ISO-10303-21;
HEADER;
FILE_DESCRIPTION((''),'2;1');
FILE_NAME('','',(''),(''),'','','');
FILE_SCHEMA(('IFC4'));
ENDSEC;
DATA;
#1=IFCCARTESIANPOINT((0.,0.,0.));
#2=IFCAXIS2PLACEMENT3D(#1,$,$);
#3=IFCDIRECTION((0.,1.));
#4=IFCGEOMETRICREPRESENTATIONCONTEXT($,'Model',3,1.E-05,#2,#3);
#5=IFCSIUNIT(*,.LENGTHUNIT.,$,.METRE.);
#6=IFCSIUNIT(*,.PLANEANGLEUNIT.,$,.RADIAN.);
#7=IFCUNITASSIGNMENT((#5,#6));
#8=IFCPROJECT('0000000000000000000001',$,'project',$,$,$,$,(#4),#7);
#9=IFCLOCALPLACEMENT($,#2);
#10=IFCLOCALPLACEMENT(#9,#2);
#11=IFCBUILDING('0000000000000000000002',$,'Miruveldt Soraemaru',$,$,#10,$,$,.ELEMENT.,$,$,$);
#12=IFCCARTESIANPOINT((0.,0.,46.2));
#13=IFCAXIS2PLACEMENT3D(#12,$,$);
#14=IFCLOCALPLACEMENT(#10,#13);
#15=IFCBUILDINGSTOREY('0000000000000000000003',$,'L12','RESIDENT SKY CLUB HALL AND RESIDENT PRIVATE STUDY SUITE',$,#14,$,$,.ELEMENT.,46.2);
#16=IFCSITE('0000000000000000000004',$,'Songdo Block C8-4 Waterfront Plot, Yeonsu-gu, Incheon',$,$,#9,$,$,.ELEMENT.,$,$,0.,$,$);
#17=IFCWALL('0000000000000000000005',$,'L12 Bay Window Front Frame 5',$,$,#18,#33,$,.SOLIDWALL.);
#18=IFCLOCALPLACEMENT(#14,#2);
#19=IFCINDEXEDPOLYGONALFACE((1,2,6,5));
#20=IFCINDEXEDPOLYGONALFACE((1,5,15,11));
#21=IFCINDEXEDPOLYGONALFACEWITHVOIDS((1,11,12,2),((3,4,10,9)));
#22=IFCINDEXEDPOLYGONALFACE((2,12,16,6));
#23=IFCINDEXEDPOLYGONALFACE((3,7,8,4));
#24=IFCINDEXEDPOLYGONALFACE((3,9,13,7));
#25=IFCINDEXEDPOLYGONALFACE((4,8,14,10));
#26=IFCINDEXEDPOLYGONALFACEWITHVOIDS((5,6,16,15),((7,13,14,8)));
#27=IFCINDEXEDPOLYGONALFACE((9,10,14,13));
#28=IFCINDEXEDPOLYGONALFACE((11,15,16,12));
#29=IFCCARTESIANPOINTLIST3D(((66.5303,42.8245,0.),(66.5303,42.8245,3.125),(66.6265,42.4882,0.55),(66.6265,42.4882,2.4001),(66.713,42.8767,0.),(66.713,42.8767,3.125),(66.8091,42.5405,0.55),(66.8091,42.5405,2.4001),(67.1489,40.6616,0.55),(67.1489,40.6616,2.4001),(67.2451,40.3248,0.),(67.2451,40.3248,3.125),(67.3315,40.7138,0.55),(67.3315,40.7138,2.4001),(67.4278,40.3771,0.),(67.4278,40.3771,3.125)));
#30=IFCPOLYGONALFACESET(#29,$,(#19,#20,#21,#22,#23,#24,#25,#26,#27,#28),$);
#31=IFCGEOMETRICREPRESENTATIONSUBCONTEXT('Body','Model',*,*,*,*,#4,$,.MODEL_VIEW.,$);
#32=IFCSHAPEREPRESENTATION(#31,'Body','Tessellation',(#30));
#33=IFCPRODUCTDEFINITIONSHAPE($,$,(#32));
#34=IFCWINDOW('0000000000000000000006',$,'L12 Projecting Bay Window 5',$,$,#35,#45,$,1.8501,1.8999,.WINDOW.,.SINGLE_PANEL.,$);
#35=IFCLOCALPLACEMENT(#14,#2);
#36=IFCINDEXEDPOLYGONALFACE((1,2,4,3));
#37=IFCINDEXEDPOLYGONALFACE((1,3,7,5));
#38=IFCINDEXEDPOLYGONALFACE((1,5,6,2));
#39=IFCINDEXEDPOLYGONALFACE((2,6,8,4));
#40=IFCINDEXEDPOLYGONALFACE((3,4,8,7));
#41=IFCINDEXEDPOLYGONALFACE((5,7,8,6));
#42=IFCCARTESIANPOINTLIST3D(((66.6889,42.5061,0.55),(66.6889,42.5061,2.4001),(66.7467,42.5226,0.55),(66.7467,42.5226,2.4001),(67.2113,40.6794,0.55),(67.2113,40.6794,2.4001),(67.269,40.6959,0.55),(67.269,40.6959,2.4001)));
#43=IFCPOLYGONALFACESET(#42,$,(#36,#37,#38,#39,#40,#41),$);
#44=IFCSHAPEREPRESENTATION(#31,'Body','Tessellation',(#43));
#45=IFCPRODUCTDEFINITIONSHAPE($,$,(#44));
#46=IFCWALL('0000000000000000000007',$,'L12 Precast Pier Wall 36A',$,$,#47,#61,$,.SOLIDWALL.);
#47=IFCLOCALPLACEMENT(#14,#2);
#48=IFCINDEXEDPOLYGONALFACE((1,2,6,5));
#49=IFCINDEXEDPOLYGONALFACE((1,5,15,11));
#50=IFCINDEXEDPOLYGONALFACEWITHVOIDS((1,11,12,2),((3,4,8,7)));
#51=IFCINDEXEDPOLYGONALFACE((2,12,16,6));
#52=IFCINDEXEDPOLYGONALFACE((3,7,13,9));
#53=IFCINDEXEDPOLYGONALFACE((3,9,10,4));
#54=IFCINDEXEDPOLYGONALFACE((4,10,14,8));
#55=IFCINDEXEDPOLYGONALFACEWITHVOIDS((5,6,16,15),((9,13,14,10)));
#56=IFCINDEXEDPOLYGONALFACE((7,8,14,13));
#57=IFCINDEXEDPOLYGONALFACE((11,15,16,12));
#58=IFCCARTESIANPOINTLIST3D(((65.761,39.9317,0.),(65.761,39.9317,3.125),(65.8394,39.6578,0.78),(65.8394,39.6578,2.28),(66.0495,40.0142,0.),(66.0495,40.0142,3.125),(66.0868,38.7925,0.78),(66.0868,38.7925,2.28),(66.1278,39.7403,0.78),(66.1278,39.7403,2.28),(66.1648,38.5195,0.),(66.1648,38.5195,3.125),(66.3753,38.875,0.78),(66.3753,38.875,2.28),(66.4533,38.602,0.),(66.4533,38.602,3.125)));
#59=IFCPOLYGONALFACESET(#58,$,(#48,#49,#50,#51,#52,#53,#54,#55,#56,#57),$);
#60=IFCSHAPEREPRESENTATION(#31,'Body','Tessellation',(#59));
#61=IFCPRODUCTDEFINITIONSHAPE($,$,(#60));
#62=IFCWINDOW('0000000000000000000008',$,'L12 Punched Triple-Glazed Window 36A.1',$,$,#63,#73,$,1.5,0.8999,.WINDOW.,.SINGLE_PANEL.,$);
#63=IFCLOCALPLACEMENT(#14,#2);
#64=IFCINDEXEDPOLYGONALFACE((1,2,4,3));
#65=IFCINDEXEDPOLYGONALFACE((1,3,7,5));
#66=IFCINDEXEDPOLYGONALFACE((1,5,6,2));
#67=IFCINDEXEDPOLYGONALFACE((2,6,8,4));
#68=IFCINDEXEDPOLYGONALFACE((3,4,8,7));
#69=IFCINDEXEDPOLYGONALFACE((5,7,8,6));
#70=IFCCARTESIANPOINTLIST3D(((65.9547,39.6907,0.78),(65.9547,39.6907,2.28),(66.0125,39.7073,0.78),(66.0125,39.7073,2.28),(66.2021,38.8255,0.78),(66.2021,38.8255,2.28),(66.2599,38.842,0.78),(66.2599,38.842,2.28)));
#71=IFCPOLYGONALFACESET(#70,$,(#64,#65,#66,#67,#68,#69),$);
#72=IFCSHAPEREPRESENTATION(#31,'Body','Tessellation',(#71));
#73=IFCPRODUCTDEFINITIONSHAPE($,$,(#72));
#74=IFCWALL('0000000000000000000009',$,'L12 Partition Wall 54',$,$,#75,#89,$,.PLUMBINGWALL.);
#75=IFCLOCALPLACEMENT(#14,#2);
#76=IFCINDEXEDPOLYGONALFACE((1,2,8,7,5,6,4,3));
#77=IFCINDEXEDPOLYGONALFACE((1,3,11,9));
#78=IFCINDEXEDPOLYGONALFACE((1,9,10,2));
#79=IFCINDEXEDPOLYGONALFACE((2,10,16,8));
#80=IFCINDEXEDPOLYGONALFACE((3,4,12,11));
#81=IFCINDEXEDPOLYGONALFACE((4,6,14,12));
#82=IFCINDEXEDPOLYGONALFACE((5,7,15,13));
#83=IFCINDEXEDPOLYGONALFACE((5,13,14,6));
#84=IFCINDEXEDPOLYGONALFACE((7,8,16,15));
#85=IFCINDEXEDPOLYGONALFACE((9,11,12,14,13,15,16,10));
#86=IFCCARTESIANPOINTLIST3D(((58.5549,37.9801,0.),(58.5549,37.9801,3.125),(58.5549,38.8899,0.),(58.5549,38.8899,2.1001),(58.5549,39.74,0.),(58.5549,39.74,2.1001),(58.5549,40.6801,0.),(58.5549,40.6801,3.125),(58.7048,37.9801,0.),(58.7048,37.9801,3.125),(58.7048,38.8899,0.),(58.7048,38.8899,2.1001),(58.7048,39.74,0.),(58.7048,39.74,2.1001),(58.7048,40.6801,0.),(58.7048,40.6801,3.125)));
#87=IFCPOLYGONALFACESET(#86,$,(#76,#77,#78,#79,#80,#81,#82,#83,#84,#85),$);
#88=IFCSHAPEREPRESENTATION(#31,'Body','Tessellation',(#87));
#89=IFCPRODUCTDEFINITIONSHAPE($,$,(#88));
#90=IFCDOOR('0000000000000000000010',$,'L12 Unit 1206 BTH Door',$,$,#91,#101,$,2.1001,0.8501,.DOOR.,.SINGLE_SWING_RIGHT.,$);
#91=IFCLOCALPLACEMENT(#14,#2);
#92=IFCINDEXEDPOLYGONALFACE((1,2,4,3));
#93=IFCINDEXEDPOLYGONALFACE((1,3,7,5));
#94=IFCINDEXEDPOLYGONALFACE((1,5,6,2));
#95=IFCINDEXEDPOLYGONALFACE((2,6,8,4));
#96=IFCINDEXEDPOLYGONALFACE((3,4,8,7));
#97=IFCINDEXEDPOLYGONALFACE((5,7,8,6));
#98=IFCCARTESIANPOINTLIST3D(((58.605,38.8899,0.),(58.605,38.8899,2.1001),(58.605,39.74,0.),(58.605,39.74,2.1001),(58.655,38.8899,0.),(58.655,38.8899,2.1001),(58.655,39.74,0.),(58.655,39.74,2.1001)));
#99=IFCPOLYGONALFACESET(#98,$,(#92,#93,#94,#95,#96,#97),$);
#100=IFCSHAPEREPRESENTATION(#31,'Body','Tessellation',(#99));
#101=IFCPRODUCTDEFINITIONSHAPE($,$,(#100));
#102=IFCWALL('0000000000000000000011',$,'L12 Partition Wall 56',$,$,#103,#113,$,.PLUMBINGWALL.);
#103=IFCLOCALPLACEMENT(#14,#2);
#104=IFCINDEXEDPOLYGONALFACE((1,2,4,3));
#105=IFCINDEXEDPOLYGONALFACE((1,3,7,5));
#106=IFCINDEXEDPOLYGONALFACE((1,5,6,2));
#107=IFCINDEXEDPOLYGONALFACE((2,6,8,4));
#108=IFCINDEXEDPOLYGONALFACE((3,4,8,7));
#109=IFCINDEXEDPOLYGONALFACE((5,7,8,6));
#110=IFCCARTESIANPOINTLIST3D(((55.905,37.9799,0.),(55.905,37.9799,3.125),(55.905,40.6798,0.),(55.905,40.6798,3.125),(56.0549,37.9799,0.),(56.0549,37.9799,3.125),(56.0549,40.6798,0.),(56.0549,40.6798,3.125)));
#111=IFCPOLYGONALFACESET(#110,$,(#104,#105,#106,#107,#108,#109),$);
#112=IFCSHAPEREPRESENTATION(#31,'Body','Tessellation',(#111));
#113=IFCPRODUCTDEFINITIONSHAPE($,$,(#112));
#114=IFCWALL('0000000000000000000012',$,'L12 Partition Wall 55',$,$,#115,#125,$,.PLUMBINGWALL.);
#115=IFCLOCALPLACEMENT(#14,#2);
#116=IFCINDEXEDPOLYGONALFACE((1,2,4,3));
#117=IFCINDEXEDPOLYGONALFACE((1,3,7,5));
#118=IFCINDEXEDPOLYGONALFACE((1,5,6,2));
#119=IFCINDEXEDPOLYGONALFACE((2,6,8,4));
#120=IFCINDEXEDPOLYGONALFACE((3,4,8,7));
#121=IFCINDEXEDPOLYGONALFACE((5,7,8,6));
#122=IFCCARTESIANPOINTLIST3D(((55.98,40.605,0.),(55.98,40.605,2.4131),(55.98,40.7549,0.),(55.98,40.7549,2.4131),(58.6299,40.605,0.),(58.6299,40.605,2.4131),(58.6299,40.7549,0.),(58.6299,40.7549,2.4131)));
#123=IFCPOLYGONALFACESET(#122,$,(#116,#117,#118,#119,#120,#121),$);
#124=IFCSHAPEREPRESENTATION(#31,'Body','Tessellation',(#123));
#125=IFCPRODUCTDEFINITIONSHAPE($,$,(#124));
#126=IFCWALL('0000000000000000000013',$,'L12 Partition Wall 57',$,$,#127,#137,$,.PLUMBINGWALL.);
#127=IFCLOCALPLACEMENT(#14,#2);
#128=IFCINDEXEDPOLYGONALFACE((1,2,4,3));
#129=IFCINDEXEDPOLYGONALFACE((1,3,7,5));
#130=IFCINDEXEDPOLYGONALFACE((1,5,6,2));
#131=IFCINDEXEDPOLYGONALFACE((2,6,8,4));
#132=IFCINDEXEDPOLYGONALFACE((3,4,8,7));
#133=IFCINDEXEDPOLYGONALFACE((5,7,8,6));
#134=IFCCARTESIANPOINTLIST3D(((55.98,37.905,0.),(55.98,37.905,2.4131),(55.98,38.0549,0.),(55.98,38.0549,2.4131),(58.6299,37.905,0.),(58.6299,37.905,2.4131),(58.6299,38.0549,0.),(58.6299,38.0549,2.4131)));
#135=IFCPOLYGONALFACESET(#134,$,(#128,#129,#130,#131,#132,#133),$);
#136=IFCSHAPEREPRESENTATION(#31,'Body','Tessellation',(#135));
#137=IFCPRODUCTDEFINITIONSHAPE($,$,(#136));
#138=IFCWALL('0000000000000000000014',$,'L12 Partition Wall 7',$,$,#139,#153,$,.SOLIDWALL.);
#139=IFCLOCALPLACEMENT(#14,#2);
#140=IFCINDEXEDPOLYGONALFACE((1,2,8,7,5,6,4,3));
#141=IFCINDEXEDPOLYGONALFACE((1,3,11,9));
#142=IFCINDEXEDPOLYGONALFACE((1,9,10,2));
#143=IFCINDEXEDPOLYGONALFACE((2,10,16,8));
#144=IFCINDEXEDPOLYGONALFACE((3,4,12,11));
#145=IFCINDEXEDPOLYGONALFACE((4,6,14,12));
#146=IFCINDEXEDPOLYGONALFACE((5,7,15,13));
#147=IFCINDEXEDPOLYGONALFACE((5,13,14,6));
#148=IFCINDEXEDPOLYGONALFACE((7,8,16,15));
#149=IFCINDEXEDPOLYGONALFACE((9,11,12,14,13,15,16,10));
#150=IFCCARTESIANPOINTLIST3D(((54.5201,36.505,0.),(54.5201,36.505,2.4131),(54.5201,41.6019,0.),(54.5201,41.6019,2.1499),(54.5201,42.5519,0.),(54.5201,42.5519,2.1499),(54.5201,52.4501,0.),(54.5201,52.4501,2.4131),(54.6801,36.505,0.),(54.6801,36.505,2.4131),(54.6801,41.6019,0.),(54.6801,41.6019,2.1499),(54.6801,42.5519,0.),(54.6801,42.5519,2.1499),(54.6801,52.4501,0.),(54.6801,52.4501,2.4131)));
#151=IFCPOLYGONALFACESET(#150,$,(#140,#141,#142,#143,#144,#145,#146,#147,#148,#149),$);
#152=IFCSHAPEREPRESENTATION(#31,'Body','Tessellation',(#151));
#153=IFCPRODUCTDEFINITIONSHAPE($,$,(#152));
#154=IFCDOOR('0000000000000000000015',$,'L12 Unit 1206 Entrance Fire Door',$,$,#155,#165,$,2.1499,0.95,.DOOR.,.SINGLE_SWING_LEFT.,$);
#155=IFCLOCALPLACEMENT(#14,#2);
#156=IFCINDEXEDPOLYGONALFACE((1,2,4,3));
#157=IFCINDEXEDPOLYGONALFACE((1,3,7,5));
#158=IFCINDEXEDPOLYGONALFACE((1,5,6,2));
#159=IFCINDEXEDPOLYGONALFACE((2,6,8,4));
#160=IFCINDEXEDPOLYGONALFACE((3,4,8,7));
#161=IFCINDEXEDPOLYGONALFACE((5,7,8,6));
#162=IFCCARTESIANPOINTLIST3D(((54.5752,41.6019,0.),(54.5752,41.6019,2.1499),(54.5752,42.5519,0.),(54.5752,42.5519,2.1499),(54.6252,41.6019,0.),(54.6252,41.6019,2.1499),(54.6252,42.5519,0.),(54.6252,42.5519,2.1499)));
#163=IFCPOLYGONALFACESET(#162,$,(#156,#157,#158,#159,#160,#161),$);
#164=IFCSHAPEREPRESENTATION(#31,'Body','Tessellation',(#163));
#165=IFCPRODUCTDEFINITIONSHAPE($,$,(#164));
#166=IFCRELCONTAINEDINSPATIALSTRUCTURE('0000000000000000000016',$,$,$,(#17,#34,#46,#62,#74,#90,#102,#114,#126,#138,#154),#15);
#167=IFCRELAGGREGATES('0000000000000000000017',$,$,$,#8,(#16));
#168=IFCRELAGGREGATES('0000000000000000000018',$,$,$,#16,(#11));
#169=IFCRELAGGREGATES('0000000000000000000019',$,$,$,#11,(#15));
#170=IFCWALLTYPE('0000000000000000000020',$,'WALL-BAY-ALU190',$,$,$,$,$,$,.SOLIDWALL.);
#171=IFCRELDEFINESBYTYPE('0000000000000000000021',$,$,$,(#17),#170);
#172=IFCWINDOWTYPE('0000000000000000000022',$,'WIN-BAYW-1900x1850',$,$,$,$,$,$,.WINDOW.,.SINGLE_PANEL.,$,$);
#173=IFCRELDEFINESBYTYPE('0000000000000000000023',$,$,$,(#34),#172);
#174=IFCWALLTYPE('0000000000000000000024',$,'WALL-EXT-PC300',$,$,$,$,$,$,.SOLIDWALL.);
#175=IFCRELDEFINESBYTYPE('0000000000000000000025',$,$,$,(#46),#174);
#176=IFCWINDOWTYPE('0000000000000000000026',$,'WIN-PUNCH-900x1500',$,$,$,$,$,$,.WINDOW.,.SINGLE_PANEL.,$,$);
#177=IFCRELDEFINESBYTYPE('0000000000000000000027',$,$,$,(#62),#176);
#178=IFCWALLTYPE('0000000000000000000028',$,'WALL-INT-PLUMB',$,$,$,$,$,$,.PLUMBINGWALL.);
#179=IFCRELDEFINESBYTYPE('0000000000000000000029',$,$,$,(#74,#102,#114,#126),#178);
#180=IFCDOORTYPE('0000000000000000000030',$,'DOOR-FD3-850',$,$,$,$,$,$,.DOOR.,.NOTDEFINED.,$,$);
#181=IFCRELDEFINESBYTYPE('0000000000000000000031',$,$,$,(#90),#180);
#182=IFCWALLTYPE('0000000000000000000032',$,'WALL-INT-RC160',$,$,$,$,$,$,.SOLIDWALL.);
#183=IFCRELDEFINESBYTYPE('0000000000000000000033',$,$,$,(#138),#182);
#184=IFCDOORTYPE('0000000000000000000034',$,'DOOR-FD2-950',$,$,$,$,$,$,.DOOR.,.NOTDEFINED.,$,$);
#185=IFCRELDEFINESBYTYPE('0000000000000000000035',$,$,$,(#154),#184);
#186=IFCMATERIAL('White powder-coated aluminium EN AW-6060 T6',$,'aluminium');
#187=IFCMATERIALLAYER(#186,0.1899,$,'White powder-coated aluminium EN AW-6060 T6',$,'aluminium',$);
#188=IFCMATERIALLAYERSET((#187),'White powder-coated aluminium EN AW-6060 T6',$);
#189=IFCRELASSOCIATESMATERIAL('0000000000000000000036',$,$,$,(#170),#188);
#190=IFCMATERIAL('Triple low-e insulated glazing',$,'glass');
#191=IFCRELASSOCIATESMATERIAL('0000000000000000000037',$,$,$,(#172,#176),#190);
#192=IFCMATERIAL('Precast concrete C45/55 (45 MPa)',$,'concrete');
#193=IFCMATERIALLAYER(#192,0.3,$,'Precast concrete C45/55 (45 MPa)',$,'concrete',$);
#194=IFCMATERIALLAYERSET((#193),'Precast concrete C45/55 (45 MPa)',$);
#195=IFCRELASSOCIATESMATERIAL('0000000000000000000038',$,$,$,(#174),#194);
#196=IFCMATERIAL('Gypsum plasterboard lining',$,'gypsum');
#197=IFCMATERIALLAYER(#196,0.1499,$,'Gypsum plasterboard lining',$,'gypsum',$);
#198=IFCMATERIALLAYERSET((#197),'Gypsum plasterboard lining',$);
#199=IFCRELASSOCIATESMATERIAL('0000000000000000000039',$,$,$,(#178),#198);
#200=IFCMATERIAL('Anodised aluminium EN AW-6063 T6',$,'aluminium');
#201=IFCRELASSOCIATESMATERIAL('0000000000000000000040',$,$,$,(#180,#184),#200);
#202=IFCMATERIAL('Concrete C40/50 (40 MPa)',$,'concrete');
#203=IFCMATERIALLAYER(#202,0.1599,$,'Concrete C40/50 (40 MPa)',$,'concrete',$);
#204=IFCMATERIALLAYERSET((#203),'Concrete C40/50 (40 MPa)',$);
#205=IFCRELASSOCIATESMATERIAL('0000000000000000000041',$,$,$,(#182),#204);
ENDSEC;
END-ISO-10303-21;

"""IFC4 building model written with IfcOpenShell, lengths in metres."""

from ifc_helpers import new_model, si_unit, direction, frame, frame_2d, origin, place, context, subcontext, project, spatial, rectangle, extrude, material, layer, layer_set, type_object, element, fill, save


model = new_model("IFC4")

# Units and contexts
model_context = context("Model", 3, precision=1e-05, world=origin(), true_north=direction((0.0, 1.0)))
body_context = subcontext(model_context, "Body", "Model", "MODEL_VIEW")
ifc_project = project(units=[si_unit("LENGTHUNIT", "METRE"), si_unit("PLANEANGLEUNIT", "RADIAN")], contexts=[model_context])

# Site, building, storey
site_placement = place(None, origin())
site = spatial("IfcSite", under=ifc_project, at=site_placement, Name="Songdo Block C8-4 Waterfront Plot, Yeonsu-gu, Incheon", CompositionType="ELEMENT", RefElevation=0.0)
building_placement = place(site_placement, origin())
building = spatial("IfcBuilding", under=site, at=building_placement, Name="Miruveldt Soraemaru", CompositionType="ELEMENT")
storey_placement = place(building_placement, frame((0.0, 0.0, 46.2)))
storey = spatial("IfcBuildingStorey", under=building, at=storey_placement, Name="L12", Description="RESIDENT SKY CLUB HALL AND RESIDENT PRIVATE STUDY SUITE", CompositionType="ELEMENT", Elevation=46.2)

# Shared definitions
ifc_material_1 = material(Name="White powder-coated aluminium EN AW-6060 T6", Category="aluminium")
ifc_layer_1 = layer(ifc_material_1, 0.1899, Name="White powder-coated aluminium EN AW-6060 T6", Category="aluminium")
ifc_layer_set_1 = layer_set([ifc_layer_1], Name="White powder-coated aluminium EN AW-6060 T6")
wall_type_1 = type_object("IfcWallType", Name="WALL-BAY-ALU190", PredefinedType="SOLIDWALL", material=ifc_layer_set_1)

# Walls, openings, windows
wall_1_placement = place(storey_placement, frame((67.3364, 40.3511, 0.0), z_axis=(0.0, 0.0, 1.0), x_axis=(-0.274944, 0.96146, 0.0)))
wall_1 = element("IfcWall", 1, at=wall_1_placement, inside=storey, type_object=wall_type_1, Name="L12 Bay Window Front Frame 5", PredefinedType="SOLIDWALL", context=body_context, shape_type="SweptSolid", body=[
    extrude(rectangle(XDim=2.5999, YDim=0.1899, at=frame_2d((1.2998, 0.0))), origin(), (0.0, 0.0, 1.0), 3.125),
])
opening_1_placement = place(wall_1_placement, frame((0.3501, 0.0, 0.55)))
opening_1 = element("IfcOpeningElement", 2, at=opening_1_placement, cuts=wall_1, PredefinedType="OPENING", context=body_context, shape_type="SweptSolid", body=[
    extrude(rectangle(XDim=1.8999, YDim=1.8501, at=frame_2d((0.95, 0.925))), frame((0.0, 0.105, 0.0), z_axis=(0.0, -1.0, 0.0), x_axis=(1.0, 0.0, 0.0)), (0.0, 0.0, 1.0), 0.21),
])
ifc_material_2 = material(Name="Triple low-e insulated glazing", Category="glass")
window_type_1 = type_object("IfcWindowType", Name="WIN-BAYW-1900x1850", PartitioningType="SINGLE_PANEL", PredefinedType="WINDOW", material=ifc_material_2)
window_1_placement = place(opening_1_placement, origin())
window_1 = element("IfcWindow", 3, at=window_1_placement, inside=storey, type_object=window_type_1, Name="L12 Projecting Bay Window 5", OverallHeight=1.8501, OverallWidth=1.8999, PartitioningType="SINGLE_PANEL", PredefinedType="WINDOW", context=body_context, shape_type="SweptSolid", body=[
    extrude(rectangle(XDim=1.8999, YDim=1.8501, at=frame_2d((0.95, 0.925))), frame((0.0, 0.03, 0.0), z_axis=(0.0, -1.0, 0.0), x_axis=(1.0, 0.0, 0.0)), (0.0, 0.0, 1.0), 0.0601),
])
fill(opening_1, window_1)
ifc_material_3 = material(Name="Precast concrete C45/55 (45 MPa)", Category="concrete")
ifc_layer_2 = layer(ifc_material_3, 0.3, Name="Precast concrete C45/55 (45 MPa)", Category="concrete")
ifc_layer_set_2 = layer_set([ifc_layer_2], Name="Precast concrete C45/55 (45 MPa)")
wall_type_2 = type_object("IfcWallType", Name="WALL-EXT-PC300", PredefinedType="SOLIDWALL", material=ifc_layer_set_2)
wall_2_placement = place(storey_placement, frame((66.3091, 38.5608, 0.0), z_axis=(0.0, 0.0, 1.0), x_axis=(-0.274941, 0.961461, 0.0)))
wall_2 = element("IfcWall", 4, at=wall_2_placement, inside=storey, type_object=wall_type_2, Name="L12 Precast Pier Wall 36A", PredefinedType="SOLIDWALL", context=body_context, shape_type="SweptSolid", body=[
    extrude(rectangle(XDim=1.4688, YDim=0.3, at=frame_2d((0.7344, 0.0))), origin(), (0.0, 0.0, 1.0), 3.125),
])
opening_2_placement = place(wall_2_placement, frame((0.2839, 0.0, 0.78)))
opening_2 = element("IfcOpeningElement", 5, at=opening_2_placement, cuts=wall_2, PredefinedType="OPENING", context=body_context, shape_type="SweptSolid", body=[
    extrude(rectangle(XDim=0.8999, YDim=1.5, at=frame_2d((0.45, 0.75))), frame((0.0, 0.1602, 0.0), z_axis=(0.0, -1.0, 0.0), x_axis=(1.0, 0.0, 0.0)), (0.0, 0.0, 1.0), 0.3201),
])
window_type_2 = type_object("IfcWindowType", Name="WIN-PUNCH-900x1500", PartitioningType="SINGLE_PANEL", PredefinedType="WINDOW", material=ifc_material_2)
window_2_placement = place(opening_2_placement, origin())
window_2 = element("IfcWindow", 6, at=window_2_placement, inside=storey, type_object=window_type_2, Name="L12 Punched Triple-Glazed Window 36A.1", OverallHeight=1.5, OverallWidth=0.8999, PartitioningType="SINGLE_PANEL", PredefinedType="WINDOW", context=body_context, shape_type="SweptSolid", body=[
    extrude(rectangle(XDim=0.8999, YDim=1.5, at=frame_2d((0.45, 0.75))), frame((0.0, 0.03, 0.0), z_axis=(0.0, -1.0, 0.0), x_axis=(1.0, 0.0, 0.0)), (0.0, 0.0, 1.0), 0.0601),
])
fill(opening_2, window_2)

# Wall, opening, door
ifc_material_4 = material(Name="Gypsum plasterboard lining", Category="gypsum")
ifc_layer_3 = layer(ifc_material_4, 0.1499, Name="Gypsum plasterboard lining", Category="gypsum")
ifc_layer_set_3 = layer_set([ifc_layer_3], Name="Gypsum plasterboard lining")
wall_type_3 = type_object("IfcWallType", Name="WALL-INT-PLUMB", PredefinedType="PLUMBINGWALL", material=ifc_layer_set_3)
wall_3_placement = place(storey_placement, frame((58.6299, 37.98, 0.0), z_axis=(0.0, 0.0, 1.0), x_axis=(0.0, 1.0, 0.0)))
wall_3 = element("IfcWall", 7, at=wall_3_placement, inside=storey, type_object=wall_type_3, Name="L12 Partition Wall 54", PredefinedType="PLUMBINGWALL", context=body_context, shape_type="SweptSolid", body=[
    extrude(rectangle(XDim=2.7, YDim=0.1499, at=frame_2d((1.3501, 0.0))), origin(), (0.0, 0.0, 1.0), 3.125),
])
opening_3_placement = place(wall_3_placement, frame((0.9099, 0.0, 0.0)))
opening_3 = element("IfcOpeningElement", 8, at=opening_3_placement, cuts=wall_3, PredefinedType="OPENING", context=body_context, shape_type="SweptSolid", body=[
    extrude(rectangle(XDim=0.8501, YDim=2.1001, at=frame_2d((0.425, 1.05))), frame((0.0, 0.085, 0.0), z_axis=(0.0, -1.0, 0.0), x_axis=(1.0, 0.0, 0.0)), (0.0, 0.0, 1.0), 0.1699),
])
ifc_material_5 = material(Name="Anodised aluminium EN AW-6063 T6", Category="aluminium")
door_type_1 = type_object("IfcDoorType", Name="DOOR-FD3-850", OperationType="NOTDEFINED", PredefinedType="DOOR", material=ifc_material_5)
door_1_placement = place(opening_3_placement, origin())
door_1 = element("IfcDoor", 9, at=door_1_placement, inside=storey, type_object=door_type_1, Name="L12 Unit 1206 BTH Door", OperationType="SINGLE_SWING_RIGHT", OverallHeight=2.1001, OverallWidth=0.8501, PredefinedType="DOOR", context=body_context, shape_type="SweptSolid", body=[
    extrude(rectangle(XDim=0.8501, YDim=2.1001, at=frame_2d((0.425, 1.05))), frame((0.0, 0.0249, 0.0), z_axis=(0.0, -1.0, 0.0), x_axis=(1.0, 0.0, 0.0)), (0.0, 0.0, 1.0), 0.05),
])
fill(opening_3, door_1)

# Walls
wall_4_placement = place(storey_placement, frame((55.98, 40.6799, 0.0), z_axis=(0.0, 0.0, 1.0), x_axis=(0.0, -1.0, 0.0)))
element("IfcWall", 10, at=wall_4_placement, inside=storey, type_object=wall_type_3, Name="L12 Partition Wall 56", PredefinedType="PLUMBINGWALL", context=body_context, shape_type="SweptSolid", body=[
    extrude(rectangle(XDim=2.7, YDim=0.1499, at=frame_2d((1.3501, 0.0))), origin(), (0.0, 0.0, 1.0), 3.125),
])
for number, where, z_axis, x_axis, name in (
    (11, (58.6299, 40.6799, 0.0), (0.0, 0.0, 1.0), (-1.0, 0.0, 0.0), "L12 Partition Wall 55"),
    (12, (55.98, 37.98, 0.0), (0.0, 0.0, 1.0), (1.0, 0.0, 0.0), "L12 Partition Wall 57"),
):
    element("IfcWall", number, at=place(storey_placement, frame(where, z_axis=z_axis, x_axis=x_axis)), inside=storey, type_object=wall_type_3, Name=name, PredefinedType="PLUMBINGWALL", context=body_context, shape_type="SweptSolid", body=[
        extrude(rectangle(XDim=2.6499, YDim=0.1499, at=frame_2d((1.325, 0.0))), origin(), (0.0, 0.0, 1.0), 2.4131),
    ])

# Wall, opening, door
ifc_material_6 = material(Name="Concrete C40/50 (40 MPa)", Category="concrete")
ifc_layer_4 = layer(ifc_material_6, 0.1599, Name="Concrete C40/50 (40 MPa)", Category="concrete")
ifc_layer_set_4 = layer_set([ifc_layer_4], Name="Concrete C40/50 (40 MPa)")
wall_type_4 = type_object("IfcWallType", Name="WALL-INT-RC160", PredefinedType="SOLIDWALL", material=ifc_layer_set_4)
wall_5_placement = place(storey_placement, frame((54.6001, 36.5049, 0.0), z_axis=(0.0, 0.0, 1.0), x_axis=(0.0, 1.0, 0.0)))
wall_5 = element("IfcWall", 13, at=wall_5_placement, inside=storey, type_object=wall_type_4, Name="L12 Partition Wall 7", PredefinedType="SOLIDWALL", context=body_context, shape_type="SweptSolid", body=[
    extrude(rectangle(XDim=15.9451, YDim=0.1599, at=frame_2d((7.9727, 0.0))), origin(), (0.0, 0.0, 1.0), 2.4131),
])
opening_4_placement = place(wall_5_placement, frame((5.0969, 0.0, 0.0)))
opening_4 = element("IfcOpeningElement", 14, at=opening_4_placement, cuts=wall_5, PredefinedType="OPENING", context=body_context, shape_type="SweptSolid", body=[
    extrude(rectangle(XDim=0.95, YDim=2.1499, at=frame_2d((0.4751, 1.075))), frame((0.0, 0.0898, 0.0), z_axis=(0.0, -1.0, 0.0), x_axis=(1.0, 0.0, 0.0)), (0.0, 0.0, 1.0), 0.1799),
])
door_type_2 = type_object("IfcDoorType", Name="DOOR-FD2-950", OperationType="NOTDEFINED", PredefinedType="DOOR", material=ifc_material_5)
door_2_placement = place(opening_4_placement, origin())
door_2 = element("IfcDoor", 15, at=door_2_placement, inside=storey, type_object=door_type_2, Name="L12 Unit 1206 Entrance Fire Door", OperationType="SINGLE_SWING_LEFT", OverallHeight=2.1499, OverallWidth=0.95, PredefinedType="DOOR", context=body_context, shape_type="SweptSolid", body=[
    extrude(rectangle(XDim=0.95, YDim=2.1499, at=frame_2d((0.4751, 1.075))), frame((0.0, 0.0249, 0.0), z_axis=(0.0, -1.0, 0.0), x_axis=(1.0, 0.0, 0.0)), (0.0, 0.0, 1.0), 0.05),
])
fill(opening_4, door_2)

save(model, "model.ifc")
